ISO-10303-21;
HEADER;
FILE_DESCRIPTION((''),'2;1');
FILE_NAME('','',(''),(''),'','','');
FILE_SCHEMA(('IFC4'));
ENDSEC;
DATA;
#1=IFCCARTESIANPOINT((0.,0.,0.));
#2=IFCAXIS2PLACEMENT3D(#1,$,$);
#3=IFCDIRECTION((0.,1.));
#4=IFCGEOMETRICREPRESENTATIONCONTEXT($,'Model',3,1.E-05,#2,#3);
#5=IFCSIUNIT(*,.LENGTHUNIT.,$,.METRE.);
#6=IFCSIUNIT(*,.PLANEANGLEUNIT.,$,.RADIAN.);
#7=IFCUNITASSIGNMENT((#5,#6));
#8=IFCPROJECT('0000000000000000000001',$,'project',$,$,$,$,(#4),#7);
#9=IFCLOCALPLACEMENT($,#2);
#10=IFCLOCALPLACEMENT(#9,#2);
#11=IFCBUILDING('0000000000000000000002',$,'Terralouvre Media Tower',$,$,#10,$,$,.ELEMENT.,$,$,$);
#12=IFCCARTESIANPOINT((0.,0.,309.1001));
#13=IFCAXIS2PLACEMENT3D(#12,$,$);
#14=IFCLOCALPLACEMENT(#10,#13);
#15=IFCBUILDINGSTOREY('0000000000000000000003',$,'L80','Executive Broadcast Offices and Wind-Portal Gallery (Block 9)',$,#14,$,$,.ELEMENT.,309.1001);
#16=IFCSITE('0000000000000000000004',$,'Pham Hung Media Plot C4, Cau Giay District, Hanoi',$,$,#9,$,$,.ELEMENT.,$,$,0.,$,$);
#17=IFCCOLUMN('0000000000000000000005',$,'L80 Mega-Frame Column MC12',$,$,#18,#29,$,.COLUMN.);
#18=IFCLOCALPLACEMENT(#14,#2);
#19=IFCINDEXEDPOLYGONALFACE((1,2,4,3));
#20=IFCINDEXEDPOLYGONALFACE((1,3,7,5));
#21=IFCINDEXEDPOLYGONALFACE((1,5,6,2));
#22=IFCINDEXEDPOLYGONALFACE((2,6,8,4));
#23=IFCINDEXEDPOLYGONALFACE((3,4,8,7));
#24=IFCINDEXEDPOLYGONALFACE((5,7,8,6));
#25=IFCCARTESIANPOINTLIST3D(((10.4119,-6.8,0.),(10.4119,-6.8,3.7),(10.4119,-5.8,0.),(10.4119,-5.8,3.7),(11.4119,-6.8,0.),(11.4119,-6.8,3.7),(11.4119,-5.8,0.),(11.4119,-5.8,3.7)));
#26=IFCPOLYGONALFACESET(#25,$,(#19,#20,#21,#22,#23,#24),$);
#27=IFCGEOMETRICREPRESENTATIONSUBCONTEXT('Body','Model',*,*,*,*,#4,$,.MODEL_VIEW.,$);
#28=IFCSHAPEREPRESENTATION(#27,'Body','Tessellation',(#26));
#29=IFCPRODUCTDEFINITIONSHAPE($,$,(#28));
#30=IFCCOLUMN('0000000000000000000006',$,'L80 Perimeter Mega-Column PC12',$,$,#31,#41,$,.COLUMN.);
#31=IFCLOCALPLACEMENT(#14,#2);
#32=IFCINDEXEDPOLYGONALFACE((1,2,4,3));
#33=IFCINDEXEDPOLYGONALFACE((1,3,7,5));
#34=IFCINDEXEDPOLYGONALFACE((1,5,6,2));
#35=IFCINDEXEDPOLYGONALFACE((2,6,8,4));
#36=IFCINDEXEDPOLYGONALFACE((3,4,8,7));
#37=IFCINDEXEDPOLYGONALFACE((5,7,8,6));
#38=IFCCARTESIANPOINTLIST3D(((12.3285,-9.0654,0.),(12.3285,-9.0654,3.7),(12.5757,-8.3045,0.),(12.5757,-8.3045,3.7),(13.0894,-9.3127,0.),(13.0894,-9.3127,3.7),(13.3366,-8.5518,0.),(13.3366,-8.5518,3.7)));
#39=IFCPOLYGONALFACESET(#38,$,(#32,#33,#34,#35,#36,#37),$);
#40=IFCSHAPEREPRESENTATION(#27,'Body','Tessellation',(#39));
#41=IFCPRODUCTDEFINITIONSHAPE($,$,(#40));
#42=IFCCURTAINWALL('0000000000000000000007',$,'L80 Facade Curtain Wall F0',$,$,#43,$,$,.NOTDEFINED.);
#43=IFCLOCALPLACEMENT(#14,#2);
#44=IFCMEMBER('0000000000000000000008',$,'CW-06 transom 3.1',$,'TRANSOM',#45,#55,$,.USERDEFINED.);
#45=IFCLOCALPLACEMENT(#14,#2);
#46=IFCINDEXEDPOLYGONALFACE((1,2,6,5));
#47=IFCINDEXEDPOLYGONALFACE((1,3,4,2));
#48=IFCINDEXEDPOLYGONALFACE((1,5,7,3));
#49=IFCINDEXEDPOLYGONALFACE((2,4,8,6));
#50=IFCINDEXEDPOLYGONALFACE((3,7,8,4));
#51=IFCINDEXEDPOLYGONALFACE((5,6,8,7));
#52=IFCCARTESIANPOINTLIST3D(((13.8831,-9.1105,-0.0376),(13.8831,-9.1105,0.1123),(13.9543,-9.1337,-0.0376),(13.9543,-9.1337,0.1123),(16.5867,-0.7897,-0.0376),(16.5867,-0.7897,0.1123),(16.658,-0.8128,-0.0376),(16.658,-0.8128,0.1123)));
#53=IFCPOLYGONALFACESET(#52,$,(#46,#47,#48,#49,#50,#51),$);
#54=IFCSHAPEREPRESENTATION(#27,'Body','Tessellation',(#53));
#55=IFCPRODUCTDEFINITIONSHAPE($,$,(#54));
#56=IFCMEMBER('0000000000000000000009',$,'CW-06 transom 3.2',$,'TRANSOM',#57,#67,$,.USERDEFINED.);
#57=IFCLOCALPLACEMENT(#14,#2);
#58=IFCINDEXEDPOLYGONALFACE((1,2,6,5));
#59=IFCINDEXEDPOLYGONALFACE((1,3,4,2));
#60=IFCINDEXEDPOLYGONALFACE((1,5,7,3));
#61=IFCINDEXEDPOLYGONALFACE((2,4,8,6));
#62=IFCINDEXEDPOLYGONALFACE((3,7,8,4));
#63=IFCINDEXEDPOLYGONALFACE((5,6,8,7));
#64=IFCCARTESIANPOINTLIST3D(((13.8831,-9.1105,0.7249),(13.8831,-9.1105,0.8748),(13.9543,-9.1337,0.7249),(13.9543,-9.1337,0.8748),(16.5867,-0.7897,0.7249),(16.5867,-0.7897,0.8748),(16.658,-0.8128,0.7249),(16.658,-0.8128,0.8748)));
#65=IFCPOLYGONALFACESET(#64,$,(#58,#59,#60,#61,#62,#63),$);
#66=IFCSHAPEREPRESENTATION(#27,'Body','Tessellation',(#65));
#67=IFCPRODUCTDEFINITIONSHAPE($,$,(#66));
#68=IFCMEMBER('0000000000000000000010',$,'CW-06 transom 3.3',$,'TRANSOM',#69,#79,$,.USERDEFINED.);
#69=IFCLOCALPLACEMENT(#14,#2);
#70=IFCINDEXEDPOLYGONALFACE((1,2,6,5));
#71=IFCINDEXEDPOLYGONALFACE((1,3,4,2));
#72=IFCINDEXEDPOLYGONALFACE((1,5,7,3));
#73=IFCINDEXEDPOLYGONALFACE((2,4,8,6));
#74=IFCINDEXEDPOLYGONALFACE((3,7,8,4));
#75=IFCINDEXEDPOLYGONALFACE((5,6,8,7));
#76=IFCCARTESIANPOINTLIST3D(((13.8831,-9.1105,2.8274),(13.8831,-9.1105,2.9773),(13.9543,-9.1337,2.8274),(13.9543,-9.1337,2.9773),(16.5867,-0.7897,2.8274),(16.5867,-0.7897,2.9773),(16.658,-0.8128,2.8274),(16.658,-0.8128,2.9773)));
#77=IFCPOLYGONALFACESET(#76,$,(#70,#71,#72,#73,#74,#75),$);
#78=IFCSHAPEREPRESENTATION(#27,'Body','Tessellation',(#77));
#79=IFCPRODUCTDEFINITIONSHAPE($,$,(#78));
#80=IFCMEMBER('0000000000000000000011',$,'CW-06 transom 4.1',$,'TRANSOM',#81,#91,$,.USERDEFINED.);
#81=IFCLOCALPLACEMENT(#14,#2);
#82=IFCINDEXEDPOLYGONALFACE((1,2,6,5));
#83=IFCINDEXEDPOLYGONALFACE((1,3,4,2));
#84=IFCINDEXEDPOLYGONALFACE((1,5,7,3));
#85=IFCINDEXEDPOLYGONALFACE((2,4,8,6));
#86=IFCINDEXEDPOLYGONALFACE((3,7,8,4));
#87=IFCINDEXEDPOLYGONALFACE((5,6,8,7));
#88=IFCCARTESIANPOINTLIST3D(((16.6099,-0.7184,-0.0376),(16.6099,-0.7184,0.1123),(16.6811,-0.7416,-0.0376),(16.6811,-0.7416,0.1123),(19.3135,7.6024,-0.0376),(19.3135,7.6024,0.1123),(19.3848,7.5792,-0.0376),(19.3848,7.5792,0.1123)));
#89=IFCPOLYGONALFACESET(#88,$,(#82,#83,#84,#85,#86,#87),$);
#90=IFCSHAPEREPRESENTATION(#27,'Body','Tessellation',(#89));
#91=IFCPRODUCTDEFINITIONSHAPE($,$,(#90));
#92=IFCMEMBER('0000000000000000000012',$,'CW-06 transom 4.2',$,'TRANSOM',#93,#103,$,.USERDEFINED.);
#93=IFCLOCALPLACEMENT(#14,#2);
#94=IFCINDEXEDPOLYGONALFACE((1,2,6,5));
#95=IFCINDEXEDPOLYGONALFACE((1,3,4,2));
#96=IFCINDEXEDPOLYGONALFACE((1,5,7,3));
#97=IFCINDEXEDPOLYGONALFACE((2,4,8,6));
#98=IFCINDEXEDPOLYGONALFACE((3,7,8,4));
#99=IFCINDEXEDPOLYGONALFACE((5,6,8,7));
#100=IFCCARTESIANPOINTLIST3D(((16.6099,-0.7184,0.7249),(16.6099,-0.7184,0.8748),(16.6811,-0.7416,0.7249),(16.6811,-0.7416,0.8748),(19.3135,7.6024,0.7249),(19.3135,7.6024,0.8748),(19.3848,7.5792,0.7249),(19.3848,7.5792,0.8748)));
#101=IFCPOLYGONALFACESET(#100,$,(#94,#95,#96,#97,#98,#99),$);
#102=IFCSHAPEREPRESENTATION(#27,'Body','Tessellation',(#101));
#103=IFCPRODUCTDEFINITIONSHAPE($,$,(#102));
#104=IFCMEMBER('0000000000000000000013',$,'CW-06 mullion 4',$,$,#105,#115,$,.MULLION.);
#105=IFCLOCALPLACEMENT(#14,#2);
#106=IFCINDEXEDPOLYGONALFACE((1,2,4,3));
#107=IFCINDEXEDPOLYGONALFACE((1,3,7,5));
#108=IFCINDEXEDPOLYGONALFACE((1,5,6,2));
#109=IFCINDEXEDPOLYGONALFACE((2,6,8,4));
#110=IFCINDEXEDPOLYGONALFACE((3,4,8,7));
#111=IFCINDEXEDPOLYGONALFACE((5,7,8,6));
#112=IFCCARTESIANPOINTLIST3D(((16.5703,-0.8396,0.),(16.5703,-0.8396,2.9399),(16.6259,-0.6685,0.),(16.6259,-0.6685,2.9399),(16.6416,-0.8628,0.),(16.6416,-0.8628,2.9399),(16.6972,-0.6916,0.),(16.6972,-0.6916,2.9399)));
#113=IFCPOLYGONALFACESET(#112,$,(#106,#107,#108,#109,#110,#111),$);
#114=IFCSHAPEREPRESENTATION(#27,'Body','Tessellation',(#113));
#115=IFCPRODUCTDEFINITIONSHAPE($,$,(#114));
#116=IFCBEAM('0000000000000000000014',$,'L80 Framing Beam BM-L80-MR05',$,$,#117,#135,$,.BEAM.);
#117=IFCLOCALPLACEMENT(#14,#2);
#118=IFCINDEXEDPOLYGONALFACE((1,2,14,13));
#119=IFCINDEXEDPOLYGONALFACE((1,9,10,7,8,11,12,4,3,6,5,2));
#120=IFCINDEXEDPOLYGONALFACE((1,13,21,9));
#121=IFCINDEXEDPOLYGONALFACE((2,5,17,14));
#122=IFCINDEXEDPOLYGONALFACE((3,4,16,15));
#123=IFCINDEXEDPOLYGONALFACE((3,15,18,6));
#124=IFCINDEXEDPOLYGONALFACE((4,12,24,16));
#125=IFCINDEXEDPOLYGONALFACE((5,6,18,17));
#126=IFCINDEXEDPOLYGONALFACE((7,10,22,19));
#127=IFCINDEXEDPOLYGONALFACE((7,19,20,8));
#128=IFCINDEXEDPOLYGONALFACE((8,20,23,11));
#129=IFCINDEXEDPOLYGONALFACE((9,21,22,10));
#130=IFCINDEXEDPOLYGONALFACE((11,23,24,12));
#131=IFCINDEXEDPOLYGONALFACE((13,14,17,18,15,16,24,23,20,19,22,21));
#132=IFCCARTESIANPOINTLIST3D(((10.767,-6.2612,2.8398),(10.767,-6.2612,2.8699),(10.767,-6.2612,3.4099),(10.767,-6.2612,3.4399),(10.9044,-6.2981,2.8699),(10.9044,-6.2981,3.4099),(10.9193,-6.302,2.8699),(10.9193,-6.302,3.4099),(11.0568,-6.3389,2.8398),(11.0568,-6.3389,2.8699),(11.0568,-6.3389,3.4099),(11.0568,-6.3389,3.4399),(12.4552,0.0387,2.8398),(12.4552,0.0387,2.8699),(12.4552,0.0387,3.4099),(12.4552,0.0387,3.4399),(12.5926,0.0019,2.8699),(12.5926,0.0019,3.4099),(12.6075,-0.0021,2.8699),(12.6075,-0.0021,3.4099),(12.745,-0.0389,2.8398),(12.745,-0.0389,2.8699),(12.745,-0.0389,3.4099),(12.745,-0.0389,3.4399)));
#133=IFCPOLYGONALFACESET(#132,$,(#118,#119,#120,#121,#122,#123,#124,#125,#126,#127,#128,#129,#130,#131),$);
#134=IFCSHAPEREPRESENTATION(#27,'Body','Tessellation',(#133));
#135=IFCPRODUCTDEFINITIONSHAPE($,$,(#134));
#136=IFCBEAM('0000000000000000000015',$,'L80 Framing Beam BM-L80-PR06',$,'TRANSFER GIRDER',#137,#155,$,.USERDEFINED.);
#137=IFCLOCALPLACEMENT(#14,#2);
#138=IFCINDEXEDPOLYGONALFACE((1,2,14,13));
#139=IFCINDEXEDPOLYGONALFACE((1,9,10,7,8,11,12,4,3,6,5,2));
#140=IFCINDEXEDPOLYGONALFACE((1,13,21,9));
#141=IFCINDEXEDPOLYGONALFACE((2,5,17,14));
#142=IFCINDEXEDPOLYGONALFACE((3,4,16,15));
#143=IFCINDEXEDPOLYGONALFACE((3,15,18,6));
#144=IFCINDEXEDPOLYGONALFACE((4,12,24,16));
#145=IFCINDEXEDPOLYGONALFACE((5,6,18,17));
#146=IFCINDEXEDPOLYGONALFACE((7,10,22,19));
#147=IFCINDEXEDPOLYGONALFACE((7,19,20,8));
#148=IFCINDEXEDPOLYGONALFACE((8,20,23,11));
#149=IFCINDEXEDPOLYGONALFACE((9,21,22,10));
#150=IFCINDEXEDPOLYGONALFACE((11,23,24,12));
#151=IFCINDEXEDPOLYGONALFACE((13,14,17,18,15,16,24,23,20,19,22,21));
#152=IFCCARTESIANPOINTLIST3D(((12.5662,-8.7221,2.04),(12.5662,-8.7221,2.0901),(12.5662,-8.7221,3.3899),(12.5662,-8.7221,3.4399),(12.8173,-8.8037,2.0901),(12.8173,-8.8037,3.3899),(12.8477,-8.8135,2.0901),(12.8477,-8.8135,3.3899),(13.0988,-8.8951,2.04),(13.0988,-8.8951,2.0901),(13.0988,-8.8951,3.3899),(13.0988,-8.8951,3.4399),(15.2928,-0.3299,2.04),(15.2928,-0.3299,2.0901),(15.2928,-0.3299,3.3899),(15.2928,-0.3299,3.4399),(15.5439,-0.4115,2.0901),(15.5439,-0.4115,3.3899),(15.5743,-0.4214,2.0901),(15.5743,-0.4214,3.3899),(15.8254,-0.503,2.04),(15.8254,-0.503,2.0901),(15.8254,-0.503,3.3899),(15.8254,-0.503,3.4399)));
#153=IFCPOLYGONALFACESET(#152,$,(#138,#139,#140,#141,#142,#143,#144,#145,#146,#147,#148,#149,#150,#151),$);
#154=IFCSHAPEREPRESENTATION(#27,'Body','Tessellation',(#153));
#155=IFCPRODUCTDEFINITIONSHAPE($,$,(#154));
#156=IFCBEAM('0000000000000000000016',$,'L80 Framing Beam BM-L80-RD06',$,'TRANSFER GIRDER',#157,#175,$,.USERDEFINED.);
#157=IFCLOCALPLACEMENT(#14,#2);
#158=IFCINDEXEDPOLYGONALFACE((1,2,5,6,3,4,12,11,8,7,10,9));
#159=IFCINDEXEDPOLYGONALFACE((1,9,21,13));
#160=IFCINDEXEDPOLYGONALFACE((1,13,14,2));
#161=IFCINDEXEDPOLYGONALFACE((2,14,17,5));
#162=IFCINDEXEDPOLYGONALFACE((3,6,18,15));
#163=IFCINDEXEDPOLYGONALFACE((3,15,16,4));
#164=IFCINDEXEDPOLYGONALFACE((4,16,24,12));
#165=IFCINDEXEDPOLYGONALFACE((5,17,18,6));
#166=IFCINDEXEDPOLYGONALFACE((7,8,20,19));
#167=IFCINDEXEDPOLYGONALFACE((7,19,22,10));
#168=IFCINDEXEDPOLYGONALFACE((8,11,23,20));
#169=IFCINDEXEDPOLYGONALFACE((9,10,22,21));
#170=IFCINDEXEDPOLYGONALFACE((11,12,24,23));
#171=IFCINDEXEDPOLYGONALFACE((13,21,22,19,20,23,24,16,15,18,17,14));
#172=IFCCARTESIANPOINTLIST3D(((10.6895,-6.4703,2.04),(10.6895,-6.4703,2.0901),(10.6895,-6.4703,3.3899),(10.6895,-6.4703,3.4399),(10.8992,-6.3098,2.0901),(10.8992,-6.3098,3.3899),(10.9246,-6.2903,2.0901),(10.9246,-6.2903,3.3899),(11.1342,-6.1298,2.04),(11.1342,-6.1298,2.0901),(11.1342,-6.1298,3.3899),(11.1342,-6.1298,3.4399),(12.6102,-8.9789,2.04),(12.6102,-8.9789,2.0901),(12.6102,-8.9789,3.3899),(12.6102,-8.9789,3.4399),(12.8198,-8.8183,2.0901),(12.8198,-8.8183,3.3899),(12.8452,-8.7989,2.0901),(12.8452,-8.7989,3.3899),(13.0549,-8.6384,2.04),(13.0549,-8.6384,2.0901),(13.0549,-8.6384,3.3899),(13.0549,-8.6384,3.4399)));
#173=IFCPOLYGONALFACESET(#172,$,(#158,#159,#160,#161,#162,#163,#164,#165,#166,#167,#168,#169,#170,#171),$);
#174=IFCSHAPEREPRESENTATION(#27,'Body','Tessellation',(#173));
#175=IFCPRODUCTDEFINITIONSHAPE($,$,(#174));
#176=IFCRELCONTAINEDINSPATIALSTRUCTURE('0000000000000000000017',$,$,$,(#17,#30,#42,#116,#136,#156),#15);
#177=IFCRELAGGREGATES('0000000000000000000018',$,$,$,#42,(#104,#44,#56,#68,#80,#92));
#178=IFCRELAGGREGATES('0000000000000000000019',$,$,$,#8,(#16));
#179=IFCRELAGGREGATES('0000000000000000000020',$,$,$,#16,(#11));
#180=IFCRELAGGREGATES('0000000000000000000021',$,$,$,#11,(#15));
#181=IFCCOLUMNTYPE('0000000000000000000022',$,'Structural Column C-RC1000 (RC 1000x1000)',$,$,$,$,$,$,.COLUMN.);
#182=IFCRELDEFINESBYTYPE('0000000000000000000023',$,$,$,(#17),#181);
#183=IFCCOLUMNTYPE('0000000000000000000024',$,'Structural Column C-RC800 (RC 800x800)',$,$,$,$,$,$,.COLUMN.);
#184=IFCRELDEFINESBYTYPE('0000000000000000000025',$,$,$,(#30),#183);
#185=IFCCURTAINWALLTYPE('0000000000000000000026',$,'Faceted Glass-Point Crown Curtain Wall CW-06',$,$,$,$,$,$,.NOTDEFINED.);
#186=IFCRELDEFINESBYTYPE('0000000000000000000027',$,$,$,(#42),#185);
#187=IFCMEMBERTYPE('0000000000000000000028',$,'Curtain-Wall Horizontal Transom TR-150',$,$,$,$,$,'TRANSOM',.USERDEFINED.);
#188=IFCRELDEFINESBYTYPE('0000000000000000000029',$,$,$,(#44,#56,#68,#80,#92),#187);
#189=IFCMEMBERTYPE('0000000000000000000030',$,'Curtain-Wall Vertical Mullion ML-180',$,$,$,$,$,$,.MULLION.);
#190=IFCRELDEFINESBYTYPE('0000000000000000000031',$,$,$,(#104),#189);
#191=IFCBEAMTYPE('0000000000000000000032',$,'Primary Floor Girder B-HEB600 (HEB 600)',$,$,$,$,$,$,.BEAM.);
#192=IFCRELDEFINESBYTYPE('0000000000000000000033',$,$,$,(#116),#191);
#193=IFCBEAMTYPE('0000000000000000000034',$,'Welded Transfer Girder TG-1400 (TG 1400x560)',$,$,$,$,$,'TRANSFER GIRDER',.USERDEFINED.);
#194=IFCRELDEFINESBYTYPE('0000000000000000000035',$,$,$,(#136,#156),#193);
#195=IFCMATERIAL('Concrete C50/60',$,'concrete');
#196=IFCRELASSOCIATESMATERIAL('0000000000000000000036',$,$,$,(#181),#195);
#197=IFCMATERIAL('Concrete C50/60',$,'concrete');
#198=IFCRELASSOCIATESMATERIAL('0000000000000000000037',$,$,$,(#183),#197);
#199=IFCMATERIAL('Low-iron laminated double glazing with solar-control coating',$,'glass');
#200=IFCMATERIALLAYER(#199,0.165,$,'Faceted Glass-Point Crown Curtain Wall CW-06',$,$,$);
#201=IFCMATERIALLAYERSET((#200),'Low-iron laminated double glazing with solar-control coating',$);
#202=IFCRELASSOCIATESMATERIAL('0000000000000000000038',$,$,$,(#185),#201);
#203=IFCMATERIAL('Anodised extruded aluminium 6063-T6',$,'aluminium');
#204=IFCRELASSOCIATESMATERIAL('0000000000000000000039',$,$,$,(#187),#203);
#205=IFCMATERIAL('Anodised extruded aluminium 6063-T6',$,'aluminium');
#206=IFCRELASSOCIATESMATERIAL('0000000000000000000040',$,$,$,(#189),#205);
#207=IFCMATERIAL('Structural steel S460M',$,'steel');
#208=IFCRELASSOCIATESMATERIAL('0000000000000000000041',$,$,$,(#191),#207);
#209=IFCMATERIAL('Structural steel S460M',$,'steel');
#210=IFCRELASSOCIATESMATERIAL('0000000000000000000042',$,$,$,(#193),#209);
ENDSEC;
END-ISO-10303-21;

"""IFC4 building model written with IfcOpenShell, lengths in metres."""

from ifc_helpers import new_model, si_unit, direction, frame, origin, origin_2d, place, context, subcontext, project, spatial, rectangle, i_section, extrude, material, layer, layer_set, material_profile, profile_set, type_object, element, aggregate, save


model = new_model("IFC4")

# Units and contexts
model_context = context("Model", 3, precision=1e-05, world=origin(), true_north=direction((0.0, 1.0)))
body_context = subcontext(model_context, "Body", "Model", "MODEL_VIEW")
ifc_project = project(units=[si_unit("LENGTHUNIT", "METRE"), si_unit("PLANEANGLEUNIT", "RADIAN")], contexts=[model_context])

# Site, building, storey
site_placement = place(None, origin())
site = spatial("IfcSite", under=ifc_project, at=site_placement, Name="Pham Hung Media Plot C4, Cau Giay District, Hanoi", CompositionType="ELEMENT", RefElevation=0.0)
building_placement = place(site_placement, origin())
building = spatial("IfcBuilding", under=site, at=building_placement, Name="Terralouvre Media Tower", CompositionType="ELEMENT")
storey_placement = place(building_placement, frame((0.0, 0.0, 309.1001)))
storey = spatial("IfcBuildingStorey", under=building, at=storey_placement, Name="L80", Description="Executive Broadcast Offices and Wind-Portal Gallery (Block 9)", CompositionType="ELEMENT", Elevation=309.1001)

# Columns
ifc_material_1 = material(Name="Concrete C50/60", Category="concrete")
ifc_material_profile_1 = material_profile(ifc_material_1, rectangle(XDim=1.0, YDim=1.0, at=origin_2d()), Name="RC 1000x1000")
ifc_profile_set_1 = profile_set([ifc_material_profile_1], Name="Concrete C50/60")
column_type_1 = type_object("IfcColumnType", Name="Structural Column C-RC1000 (RC 1000x1000)", PredefinedType="COLUMN", material=ifc_profile_set_1)
column_1_placement = place(storey_placement, frame((10.9119, -6.3, 0.0), z_axis=(0.0, 0.0, 1.0), x_axis=(1.0, 0.0, 0.0)))
element("IfcColumn", 1, at=column_1_placement, inside=storey, type_object=column_type_1, Name="L80 Mega-Frame Column MC12", PredefinedType="COLUMN", context=body_context, shape_type="SweptSolid", body=[
    extrude(rectangle(XDim=1.0, YDim=1.0, at=origin_2d()), origin(), (0.0, 0.0, 1.0), 3.7),
])
ifc_material_2 = material(Name="Concrete C50/60", Category="concrete")
ifc_material_profile_2 = material_profile(ifc_material_2, rectangle(XDim=0.8, YDim=0.8, at=origin_2d()), Name="RC 800x800")
ifc_profile_set_2 = profile_set([ifc_material_profile_2], Name="Concrete C50/60")
column_type_2 = type_object("IfcColumnType", Name="Structural Column C-RC800 (RC 800x800)", PredefinedType="COLUMN", material=ifc_profile_set_2)
column_2_placement = place(storey_placement, frame((12.8325, -8.8086, 0.0), z_axis=(0.0, 0.0, 1.0), x_axis=(0.309017, 0.951057, 0.0)))
element("IfcColumn", 2, at=column_2_placement, inside=storey, type_object=column_type_2, Name="L80 Perimeter Mega-Column PC12", PredefinedType="COLUMN", context=body_context, shape_type="SweptSolid", body=[
    extrude(rectangle(XDim=0.8, YDim=0.8, at=origin_2d()), origin(), (0.0, 0.0, 1.0), 3.7),
])

# Curtain wall, members
ifc_material_3 = material(Name="Low-iron laminated double glazing with solar-control coating", Category="glass")
ifc_layer_1 = layer(ifc_material_3, 0.165, Name="Faceted Glass-Point Crown Curtain Wall CW-06")
ifc_layer_set_1 = layer_set([ifc_layer_1], Name="Low-iron laminated double glazing with solar-control coating")
curtain_wall_type = type_object("IfcCurtainWallType", Name="Faceted Glass-Point Crown Curtain Wall CW-06", PredefinedType="NOTDEFINED", material=ifc_layer_set_1)
curtain_wall_placement = place(storey_placement, origin())
curtain_wall = element("IfcCurtainWall", 3, at=curtain_wall_placement, inside=storey, type_object=curtain_wall_type, Name="L80 Facade Curtain Wall F0", PredefinedType="NOTDEFINED")
ifc_material_4 = material(Name="Anodised extruded aluminium 6063-T6", Category="aluminium")
ifc_material_profile_3 = material_profile(ifc_material_4, rectangle(XDim=0.075, YDim=0.1499, at=origin_2d()), Name="ALU 75x150")
ifc_profile_set_3 = profile_set([ifc_material_profile_3], Name="Anodised extruded aluminium 6063-T6")
member_type_1 = type_object("IfcMemberType", Name="Curtain-Wall Horizontal Transom TR-150", ElementType="TRANSOM", PredefinedType="USERDEFINED", material=ifc_profile_set_3)
member_1_placement = place(storey_placement, frame((13.9187, -9.1221, 0.0374), z_axis=(0.309019, 0.951056, 0.0), x_axis=(-0.951056, 0.309019, 0.0)))
member_1 = element("IfcMember", 4, at=member_1_placement, type_object=member_type_1, Name="CW-06 transom 3.1", ObjectType="TRANSOM", PredefinedType="USERDEFINED", context=body_context, shape_type="SweptSolid", body=[
    extrude(rectangle(XDim=0.075, YDim=0.1499, at=origin_2d()), origin(), (0.0, 0.0, 1.0), 8.749),
])
member_2_placement = place(storey_placement, frame((13.9187, -9.1221, 0.7998), z_axis=(0.309019, 0.951056, 0.0), x_axis=(-0.951056, 0.309019, 0.0)))
member_2 = element("IfcMember", 5, at=member_2_placement, type_object=member_type_1, Name="CW-06 transom 3.2", ObjectType="TRANSOM", PredefinedType="USERDEFINED", context=body_context, shape_type="SweptSolid", body=[
    extrude(rectangle(XDim=0.075, YDim=0.1499, at=origin_2d()), origin(), (0.0, 0.0, 1.0), 8.749),
])
member_3_placement = place(storey_placement, frame((13.9187, -9.1221, 2.9023), z_axis=(0.309019, 0.951056, 0.0), x_axis=(-0.951056, 0.309019, 0.0)))
member_3 = element("IfcMember", 6, at=member_3_placement, type_object=member_type_1, Name="CW-06 transom 3.3", ObjectType="TRANSOM", PredefinedType="USERDEFINED", context=body_context, shape_type="SweptSolid", body=[
    extrude(rectangle(XDim=0.075, YDim=0.1499, at=origin_2d()), origin(), (0.0, 0.0, 1.0), 8.749),
])
member_4_placement = place(storey_placement, frame((16.6455, -0.73, 0.0374), z_axis=(0.309019, 0.951056, 0.0), x_axis=(-0.951056, 0.309019, 0.0)))
member_4 = element("IfcMember", 7, at=member_4_placement, type_object=member_type_1, Name="CW-06 transom 4.1", ObjectType="TRANSOM", PredefinedType="USERDEFINED", context=body_context, shape_type="SweptSolid", body=[
    extrude(rectangle(XDim=0.075, YDim=0.1499, at=origin_2d()), origin(), (0.0, 0.0, 1.0), 8.749),
])
member_5_placement = place(storey_placement, frame((16.6455, -0.73, 0.7998), z_axis=(0.309019, 0.951056, 0.0), x_axis=(-0.951056, 0.309019, 0.0)))
member_5 = element("IfcMember", 8, at=member_5_placement, type_object=member_type_1, Name="CW-06 transom 4.2", ObjectType="TRANSOM", PredefinedType="USERDEFINED", context=body_context, shape_type="SweptSolid", body=[
    extrude(rectangle(XDim=0.075, YDim=0.1499, at=origin_2d()), origin(), (0.0, 0.0, 1.0), 8.749),
])
ifc_material_5 = material(Name="Anodised extruded aluminium 6063-T6", Category="aluminium")
ifc_material_profile_4 = material_profile(ifc_material_5, rectangle(XDim=0.075, YDim=0.1799, at=origin_2d()), Name="ALU 75x180")
ifc_profile_set_4 = profile_set([ifc_material_profile_4], Name="Anodised extruded aluminium 6063-T6")
member_type_2 = type_object("IfcMemberType", Name="Curtain-Wall Vertical Mullion ML-180", PredefinedType="MULLION", material=ifc_profile_set_4)
member_6_placement = place(storey_placement, frame((16.6338, -0.7656, 0.0), z_axis=(0.0, 0.0, 1.0), x_axis=(-0.951057, 0.309017, 0.0)))
member_6 = element("IfcMember", 9, at=member_6_placement, type_object=member_type_2, Name="CW-06 mullion 4", PredefinedType="MULLION", context=body_context, shape_type="SweptSolid", body=[
    extrude(rectangle(XDim=0.075, YDim=0.1799, at=origin_2d()), origin(), (0.0, 0.0, 1.0), 2.9399),
])

# Beams
ifc_material_6 = material(Name="Structural steel S460M", Category="steel")
ifc_material_profile_5 = material_profile(ifc_material_6, i_section(OverallWidth=0.3, OverallDepth=0.6001, WebThickness=0.0154, FlangeThickness=0.03, at=origin_2d()), Name="HEB 600")
ifc_profile_set_5 = profile_set([ifc_material_profile_5], Name="Structural steel S460M")
beam_type_1 = type_object("IfcBeamType", Name="Primary Floor Girder B-HEB600 (HEB 600)", PredefinedType="BEAM", material=ifc_profile_set_5)
beam_1_placement = place(storey_placement, frame((10.9119, -6.3, 3.1399), z_axis=(0.258839, 0.96592, 0.0), x_axis=(-0.96592, 0.258839, 0.0)))
element("IfcBeam", 10, at=beam_1_placement, inside=storey, type_object=beam_type_1, Name="L80 Framing Beam BM-L80-MR05", PredefinedType="BEAM", context=body_context, shape_type="SweptSolid", body=[
    extrude(i_section(OverallWidth=0.3, OverallDepth=0.6001, WebThickness=0.0154, FlangeThickness=0.03, at=origin_2d()), origin(), (0.0, 0.0, 1.0), 6.5222),
])
ifc_material_7 = material(Name="Structural steel S460M", Category="steel")
ifc_material_profile_6 = material_profile(ifc_material_7, i_section(OverallWidth=0.5601, OverallDepth=1.3999, WebThickness=0.032, FlangeThickness=0.05, at=origin_2d()), Name="TG 1400x560")
ifc_profile_set_6 = profile_set([ifc_material_profile_6], Name="Structural steel S460M")
beam_type_2 = type_object("IfcBeamType", Name="Welded Transfer Girder TG-1400 (TG 1400x560)", ElementType="TRANSFER GIRDER", PredefinedType="USERDEFINED", material=ifc_profile_set_6)
beam_2_placement = place(storey_placement, frame((12.8325, -8.8086, 2.74), z_axis=(0.308997, 0.951063, 0.0), x_axis=(-0.951063, 0.308997, 0.0)))
element("IfcBeam", 11, at=beam_2_placement, inside=storey, type_object=beam_type_2, Name="L80 Framing Beam BM-L80-PR06", ObjectType="TRANSFER GIRDER", PredefinedType="USERDEFINED", context=body_context, shape_type="SweptSolid", body=[
    extrude(i_section(OverallWidth=0.5601, OverallDepth=1.3999, WebThickness=0.032, FlangeThickness=0.05, at=origin_2d()), origin(), (0.0, 0.0, 1.0), 8.824),
])
beam_3_placement = place(storey_placement, frame((10.9119, -6.3, 2.74), z_axis=(0.60792, -0.793998, 0.0), x_axis=(0.793998, 0.60792, 0.0)))
element("IfcBeam", 12, at=beam_3_placement, inside=storey, type_object=beam_type_2, Name="L80 Framing Beam BM-L80-RD06", ObjectType="TRANSFER GIRDER", PredefinedType="USERDEFINED", context=body_context, shape_type="SweptSolid", body=[
    extrude(i_section(OverallWidth=0.5601, OverallDepth=1.3999, WebThickness=0.032, FlangeThickness=0.05, at=origin_2d()), origin(), (0.0, 0.0, 1.0), 3.1594),
])

aggregate(curtain_wall, [member_6, member_1, member_2, member_3, member_4, member_5])

save(model, "model.ifc")
